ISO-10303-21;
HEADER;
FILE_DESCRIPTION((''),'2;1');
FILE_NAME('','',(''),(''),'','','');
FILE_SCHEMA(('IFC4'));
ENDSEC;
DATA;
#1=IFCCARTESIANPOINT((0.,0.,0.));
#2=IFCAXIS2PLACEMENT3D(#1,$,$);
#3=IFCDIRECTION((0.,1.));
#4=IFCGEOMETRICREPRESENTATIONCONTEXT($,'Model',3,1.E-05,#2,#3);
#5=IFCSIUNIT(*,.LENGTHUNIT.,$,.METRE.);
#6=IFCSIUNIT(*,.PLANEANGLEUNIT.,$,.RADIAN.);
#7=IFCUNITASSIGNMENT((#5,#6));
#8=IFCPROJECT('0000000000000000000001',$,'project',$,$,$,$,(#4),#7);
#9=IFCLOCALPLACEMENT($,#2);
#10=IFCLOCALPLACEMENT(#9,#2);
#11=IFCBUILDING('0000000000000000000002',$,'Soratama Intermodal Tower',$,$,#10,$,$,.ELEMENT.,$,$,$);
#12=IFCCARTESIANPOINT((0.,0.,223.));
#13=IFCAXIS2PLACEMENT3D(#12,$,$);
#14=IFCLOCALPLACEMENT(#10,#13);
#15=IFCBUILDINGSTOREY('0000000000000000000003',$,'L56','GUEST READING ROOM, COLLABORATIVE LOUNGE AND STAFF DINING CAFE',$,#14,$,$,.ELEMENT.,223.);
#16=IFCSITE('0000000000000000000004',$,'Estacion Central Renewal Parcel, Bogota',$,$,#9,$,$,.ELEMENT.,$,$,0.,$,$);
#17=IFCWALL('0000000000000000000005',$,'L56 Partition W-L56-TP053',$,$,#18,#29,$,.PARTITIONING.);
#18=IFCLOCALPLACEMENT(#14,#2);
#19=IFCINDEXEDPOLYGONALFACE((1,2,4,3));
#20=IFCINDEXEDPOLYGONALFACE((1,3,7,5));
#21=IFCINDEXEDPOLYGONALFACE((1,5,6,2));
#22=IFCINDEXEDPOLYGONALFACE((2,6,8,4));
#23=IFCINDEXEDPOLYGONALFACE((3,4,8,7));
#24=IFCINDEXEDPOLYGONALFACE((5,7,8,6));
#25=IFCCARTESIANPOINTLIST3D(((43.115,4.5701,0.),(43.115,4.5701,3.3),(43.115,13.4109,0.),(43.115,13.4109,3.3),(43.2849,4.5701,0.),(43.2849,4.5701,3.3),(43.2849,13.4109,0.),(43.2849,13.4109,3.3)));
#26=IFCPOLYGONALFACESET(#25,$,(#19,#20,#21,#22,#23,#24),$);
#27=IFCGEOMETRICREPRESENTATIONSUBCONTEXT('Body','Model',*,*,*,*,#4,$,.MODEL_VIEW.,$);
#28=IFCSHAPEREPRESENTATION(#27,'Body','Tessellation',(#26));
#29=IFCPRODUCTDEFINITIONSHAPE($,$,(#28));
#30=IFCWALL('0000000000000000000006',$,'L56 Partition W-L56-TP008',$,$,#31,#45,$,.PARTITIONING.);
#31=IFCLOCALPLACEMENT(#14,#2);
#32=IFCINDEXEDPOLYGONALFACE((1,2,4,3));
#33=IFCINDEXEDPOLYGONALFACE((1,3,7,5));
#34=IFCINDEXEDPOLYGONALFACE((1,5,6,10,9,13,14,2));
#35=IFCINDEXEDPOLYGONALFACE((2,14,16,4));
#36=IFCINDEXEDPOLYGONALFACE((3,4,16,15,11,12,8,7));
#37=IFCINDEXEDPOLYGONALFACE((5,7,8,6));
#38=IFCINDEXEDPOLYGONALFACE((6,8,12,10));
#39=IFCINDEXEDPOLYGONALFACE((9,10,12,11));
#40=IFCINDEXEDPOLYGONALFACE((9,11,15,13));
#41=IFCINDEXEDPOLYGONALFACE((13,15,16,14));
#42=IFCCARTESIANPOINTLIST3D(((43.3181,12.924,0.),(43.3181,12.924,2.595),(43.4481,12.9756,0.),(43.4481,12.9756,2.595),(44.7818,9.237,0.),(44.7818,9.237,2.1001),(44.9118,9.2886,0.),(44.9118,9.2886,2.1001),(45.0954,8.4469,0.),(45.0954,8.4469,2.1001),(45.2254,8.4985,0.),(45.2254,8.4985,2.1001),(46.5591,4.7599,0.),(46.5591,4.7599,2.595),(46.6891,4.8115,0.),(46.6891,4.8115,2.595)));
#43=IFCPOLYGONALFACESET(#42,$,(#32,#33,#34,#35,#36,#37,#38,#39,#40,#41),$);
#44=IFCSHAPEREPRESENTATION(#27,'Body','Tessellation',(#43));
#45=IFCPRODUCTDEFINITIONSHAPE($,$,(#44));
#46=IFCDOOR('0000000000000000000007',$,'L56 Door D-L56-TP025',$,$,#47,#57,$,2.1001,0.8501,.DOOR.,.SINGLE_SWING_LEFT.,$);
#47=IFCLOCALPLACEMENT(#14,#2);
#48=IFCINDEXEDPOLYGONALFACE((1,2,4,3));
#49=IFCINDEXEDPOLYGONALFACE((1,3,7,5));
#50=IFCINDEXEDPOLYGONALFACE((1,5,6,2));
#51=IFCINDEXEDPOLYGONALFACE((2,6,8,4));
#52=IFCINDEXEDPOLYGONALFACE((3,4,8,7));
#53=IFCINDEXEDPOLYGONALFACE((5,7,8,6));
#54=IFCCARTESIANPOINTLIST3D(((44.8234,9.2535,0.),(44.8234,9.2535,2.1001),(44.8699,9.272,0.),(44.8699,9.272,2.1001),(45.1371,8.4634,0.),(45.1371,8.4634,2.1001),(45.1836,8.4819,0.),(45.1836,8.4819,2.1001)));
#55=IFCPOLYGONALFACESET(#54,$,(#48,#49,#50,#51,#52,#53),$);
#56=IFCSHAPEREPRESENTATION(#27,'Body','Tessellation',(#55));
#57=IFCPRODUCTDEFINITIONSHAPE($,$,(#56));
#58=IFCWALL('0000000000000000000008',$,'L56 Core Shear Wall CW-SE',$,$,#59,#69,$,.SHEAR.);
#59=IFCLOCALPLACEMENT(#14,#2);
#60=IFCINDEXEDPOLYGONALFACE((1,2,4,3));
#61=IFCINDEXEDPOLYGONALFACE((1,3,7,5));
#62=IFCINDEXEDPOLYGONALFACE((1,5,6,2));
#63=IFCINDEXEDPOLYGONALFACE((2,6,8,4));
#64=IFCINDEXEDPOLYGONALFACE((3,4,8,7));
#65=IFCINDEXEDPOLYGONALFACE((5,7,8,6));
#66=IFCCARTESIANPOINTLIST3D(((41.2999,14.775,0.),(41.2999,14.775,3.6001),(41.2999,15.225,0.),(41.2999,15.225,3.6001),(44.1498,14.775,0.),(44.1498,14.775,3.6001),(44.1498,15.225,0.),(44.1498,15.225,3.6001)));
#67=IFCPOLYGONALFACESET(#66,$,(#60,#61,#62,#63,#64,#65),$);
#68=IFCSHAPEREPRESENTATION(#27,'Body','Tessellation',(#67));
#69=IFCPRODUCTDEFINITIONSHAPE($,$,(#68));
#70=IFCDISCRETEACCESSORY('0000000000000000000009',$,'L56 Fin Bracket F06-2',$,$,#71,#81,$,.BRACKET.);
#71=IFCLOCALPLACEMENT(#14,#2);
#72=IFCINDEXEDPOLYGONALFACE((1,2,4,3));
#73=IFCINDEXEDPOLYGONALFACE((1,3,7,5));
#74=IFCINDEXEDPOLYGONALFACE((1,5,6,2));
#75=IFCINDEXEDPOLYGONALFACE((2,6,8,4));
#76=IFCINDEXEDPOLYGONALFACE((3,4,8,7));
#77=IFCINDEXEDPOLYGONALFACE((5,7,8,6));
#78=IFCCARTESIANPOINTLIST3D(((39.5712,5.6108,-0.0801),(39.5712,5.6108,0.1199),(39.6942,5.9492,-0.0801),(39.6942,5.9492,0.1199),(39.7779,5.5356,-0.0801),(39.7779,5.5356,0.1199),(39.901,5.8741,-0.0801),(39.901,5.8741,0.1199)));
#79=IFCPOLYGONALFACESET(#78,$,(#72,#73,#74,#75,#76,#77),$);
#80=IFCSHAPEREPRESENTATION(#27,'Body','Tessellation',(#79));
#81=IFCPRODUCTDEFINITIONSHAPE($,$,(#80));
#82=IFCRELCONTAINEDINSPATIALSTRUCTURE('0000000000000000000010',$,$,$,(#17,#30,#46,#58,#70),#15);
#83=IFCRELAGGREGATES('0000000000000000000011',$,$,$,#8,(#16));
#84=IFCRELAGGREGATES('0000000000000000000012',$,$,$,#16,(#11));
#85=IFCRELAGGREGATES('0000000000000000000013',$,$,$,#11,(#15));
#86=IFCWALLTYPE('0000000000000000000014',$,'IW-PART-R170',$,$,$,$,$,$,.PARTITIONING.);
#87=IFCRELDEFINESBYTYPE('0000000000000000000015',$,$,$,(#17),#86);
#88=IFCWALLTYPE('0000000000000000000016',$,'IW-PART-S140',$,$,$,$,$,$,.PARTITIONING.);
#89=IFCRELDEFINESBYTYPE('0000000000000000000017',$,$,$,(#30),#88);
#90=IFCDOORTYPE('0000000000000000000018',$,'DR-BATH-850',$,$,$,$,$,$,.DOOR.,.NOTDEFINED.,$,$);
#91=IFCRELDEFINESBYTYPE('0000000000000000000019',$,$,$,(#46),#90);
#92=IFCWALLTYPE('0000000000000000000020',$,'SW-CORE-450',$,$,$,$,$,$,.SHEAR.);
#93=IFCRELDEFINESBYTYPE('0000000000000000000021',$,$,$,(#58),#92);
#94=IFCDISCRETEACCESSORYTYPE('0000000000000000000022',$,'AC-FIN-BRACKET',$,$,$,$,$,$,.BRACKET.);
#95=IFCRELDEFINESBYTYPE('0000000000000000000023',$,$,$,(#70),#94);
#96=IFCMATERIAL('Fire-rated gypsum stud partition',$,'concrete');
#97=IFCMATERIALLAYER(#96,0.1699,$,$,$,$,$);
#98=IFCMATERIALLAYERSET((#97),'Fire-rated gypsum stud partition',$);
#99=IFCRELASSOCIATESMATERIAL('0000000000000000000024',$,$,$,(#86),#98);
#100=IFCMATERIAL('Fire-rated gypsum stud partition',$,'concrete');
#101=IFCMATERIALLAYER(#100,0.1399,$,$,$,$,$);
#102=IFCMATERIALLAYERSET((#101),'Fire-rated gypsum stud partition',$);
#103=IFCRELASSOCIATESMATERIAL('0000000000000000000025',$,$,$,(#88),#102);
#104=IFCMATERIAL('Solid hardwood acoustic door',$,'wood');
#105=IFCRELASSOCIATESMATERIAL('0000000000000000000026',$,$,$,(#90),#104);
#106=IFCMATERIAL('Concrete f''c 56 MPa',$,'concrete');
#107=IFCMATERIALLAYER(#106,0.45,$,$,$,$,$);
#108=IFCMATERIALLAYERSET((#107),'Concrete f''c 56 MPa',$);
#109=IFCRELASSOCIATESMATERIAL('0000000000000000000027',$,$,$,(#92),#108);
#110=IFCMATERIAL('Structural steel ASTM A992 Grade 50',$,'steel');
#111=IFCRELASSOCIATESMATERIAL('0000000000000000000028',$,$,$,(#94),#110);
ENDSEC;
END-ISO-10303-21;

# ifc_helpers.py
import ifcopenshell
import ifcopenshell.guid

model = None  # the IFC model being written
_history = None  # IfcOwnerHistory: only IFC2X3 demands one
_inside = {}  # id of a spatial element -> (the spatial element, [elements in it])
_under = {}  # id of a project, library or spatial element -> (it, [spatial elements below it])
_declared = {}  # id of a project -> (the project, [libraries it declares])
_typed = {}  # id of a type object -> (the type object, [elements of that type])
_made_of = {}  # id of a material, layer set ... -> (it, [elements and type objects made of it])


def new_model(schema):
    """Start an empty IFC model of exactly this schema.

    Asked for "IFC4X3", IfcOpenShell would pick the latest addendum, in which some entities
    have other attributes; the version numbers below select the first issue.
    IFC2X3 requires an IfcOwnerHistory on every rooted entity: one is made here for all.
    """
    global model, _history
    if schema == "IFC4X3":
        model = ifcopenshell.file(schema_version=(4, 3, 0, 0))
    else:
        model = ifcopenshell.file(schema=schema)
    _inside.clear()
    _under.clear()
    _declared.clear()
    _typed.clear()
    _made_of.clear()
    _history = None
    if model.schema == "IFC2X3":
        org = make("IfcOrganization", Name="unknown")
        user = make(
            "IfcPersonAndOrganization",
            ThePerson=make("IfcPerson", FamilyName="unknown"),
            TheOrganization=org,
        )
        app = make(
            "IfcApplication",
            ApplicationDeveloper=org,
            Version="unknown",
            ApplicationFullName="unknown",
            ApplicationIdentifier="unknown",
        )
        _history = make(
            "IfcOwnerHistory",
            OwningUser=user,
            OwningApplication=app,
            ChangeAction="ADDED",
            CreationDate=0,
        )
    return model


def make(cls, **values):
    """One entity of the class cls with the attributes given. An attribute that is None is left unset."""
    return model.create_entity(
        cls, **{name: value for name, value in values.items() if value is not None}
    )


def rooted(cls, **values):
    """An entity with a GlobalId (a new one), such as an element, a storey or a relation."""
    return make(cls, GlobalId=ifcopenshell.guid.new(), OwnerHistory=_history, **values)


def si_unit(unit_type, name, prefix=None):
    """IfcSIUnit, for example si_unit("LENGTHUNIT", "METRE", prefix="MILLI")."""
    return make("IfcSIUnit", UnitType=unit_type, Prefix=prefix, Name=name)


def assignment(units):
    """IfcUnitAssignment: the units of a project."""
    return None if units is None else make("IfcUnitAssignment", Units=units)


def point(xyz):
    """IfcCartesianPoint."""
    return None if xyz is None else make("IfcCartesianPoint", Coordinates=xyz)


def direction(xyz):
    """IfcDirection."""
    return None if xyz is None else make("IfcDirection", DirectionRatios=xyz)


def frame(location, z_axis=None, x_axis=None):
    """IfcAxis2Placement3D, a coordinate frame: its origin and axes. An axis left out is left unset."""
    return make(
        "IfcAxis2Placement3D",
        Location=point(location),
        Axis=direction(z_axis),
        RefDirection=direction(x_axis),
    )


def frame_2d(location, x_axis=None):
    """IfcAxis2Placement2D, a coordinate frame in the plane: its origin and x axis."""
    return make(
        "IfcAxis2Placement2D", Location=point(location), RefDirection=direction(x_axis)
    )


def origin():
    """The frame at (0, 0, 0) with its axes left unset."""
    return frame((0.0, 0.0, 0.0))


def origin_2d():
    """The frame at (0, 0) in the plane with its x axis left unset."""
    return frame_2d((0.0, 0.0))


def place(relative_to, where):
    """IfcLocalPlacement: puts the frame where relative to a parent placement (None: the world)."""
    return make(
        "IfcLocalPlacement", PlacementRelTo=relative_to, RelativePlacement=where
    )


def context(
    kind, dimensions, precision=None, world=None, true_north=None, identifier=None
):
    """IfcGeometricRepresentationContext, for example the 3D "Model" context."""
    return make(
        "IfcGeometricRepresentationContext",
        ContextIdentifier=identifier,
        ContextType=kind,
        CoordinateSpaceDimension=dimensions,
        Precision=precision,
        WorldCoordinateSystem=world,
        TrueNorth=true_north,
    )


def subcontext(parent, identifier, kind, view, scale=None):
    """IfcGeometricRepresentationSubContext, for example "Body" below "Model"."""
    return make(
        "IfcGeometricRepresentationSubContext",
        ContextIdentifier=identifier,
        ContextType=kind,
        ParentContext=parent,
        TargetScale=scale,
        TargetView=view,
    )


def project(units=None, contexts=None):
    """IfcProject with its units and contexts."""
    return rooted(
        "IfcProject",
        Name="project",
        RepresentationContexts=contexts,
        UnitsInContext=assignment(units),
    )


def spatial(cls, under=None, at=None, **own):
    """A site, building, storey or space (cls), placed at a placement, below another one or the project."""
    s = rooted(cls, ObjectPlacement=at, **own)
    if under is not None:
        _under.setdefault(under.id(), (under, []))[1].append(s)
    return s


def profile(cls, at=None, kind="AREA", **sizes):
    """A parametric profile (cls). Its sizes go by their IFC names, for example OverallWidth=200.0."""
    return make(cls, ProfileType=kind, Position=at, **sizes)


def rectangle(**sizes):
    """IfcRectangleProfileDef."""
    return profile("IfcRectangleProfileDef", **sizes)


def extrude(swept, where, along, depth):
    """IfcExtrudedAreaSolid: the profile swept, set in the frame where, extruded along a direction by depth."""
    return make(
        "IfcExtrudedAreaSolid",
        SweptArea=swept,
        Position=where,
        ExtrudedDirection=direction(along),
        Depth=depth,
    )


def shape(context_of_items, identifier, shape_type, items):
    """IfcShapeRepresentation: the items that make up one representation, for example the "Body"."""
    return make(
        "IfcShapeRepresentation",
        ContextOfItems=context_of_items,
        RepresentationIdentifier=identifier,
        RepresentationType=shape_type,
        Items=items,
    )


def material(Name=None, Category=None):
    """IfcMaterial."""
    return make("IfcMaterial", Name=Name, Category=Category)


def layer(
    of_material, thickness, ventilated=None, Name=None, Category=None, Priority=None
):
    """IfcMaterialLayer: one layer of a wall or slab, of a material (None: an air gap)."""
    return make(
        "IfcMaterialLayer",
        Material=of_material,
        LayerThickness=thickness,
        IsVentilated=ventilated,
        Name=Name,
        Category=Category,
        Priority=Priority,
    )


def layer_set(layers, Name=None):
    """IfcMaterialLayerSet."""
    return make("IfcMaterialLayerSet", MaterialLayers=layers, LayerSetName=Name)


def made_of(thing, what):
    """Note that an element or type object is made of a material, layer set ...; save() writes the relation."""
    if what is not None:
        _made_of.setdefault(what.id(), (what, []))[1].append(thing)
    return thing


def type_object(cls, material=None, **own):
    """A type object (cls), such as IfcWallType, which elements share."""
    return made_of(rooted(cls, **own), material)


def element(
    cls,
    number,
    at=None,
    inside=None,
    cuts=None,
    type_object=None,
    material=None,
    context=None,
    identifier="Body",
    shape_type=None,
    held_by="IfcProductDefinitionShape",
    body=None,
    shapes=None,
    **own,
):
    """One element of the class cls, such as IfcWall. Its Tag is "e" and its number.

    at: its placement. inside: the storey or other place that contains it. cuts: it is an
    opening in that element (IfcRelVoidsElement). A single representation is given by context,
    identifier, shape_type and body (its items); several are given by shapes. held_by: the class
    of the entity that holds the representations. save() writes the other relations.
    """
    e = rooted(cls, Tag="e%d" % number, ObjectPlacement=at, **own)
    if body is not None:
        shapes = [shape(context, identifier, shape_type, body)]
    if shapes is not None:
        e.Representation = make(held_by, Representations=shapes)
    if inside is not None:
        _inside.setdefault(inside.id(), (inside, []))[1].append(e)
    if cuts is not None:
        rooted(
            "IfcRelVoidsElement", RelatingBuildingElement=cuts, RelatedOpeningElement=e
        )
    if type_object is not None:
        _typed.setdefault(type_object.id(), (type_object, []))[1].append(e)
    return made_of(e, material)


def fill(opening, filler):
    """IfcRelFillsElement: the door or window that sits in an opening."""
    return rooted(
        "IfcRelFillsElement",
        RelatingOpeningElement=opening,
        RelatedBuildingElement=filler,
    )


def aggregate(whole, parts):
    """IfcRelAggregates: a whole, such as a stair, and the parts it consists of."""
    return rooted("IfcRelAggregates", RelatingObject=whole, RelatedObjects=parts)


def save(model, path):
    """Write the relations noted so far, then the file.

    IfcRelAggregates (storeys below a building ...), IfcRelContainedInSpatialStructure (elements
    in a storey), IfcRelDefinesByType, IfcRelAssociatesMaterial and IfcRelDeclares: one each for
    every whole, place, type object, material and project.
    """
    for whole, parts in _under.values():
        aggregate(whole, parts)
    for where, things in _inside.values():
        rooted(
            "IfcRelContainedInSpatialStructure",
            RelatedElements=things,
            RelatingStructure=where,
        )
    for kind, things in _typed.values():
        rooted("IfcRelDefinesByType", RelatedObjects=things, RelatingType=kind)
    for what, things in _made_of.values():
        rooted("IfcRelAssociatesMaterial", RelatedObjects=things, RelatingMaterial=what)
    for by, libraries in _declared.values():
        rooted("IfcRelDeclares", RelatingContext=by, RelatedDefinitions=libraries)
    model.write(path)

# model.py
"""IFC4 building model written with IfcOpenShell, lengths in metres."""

from ifc_helpers import new_model, si_unit, direction, frame, frame_2d, origin, origin_2d, place, context, subcontext, project, spatial, rectangle, extrude, material, layer, layer_set, type_object, element, fill, save


model = new_model("IFC4")

# Units and contexts
model_context = context("Model", 3, precision=1e-05, world=origin(), true_north=direction((0.0, 1.0)))
body_context = subcontext(model_context, "Body", "Model", "MODEL_VIEW")
ifc_project = project(units=[si_unit("LENGTHUNIT", "METRE"), si_unit("PLANEANGLEUNIT", "RADIAN")], contexts=[model_context])

# Site, building, storey
site_placement = place(None, origin())
site = spatial("IfcSite", under=ifc_project, at=site_placement, Name="Estacion Central Renewal Parcel, Bogota", CompositionType="ELEMENT", RefElevation=0.0)
building_placement = place(site_placement, origin())
building = spatial("IfcBuilding", under=site, at=building_placement, Name="Soratama Intermodal Tower", CompositionType="ELEMENT")
storey_placement = place(building_placement, frame((0.0, 0.0, 223.0)))
storey = spatial("IfcBuildingStorey", under=building, at=storey_placement, Name="L56", Description="GUEST READING ROOM, COLLABORATIVE LOUNGE AND STAFF DINING CAFE", CompositionType="ELEMENT", Elevation=223.0)

# Shared definitions
ifc_material_1 = material(Name="Fire-rated gypsum stud partition", Category="concrete")
ifc_layer_1 = layer(ifc_material_1, 0.1699)
ifc_layer_set_1 = layer_set([ifc_layer_1], Name="Fire-rated gypsum stud partition")
wall_type_1 = type_object("IfcWallType", Name="IW-PART-R170", PredefinedType="PARTITIONING", material=ifc_layer_set_1)

# Wall
wall_1_placement = place(storey_placement, frame((43.2, 13.4109, 0.0), z_axis=(0.0, 0.0, 1.0), x_axis=(0.0, -1.0, 0.0)))
element("IfcWall", 1, at=wall_1_placement, inside=storey, type_object=wall_type_1, Name="L56 Partition W-L56-TP053", PredefinedType="PARTITIONING", context=body_context, shape_type="SweptSolid", body=[
    extrude(rectangle(XDim=8.8408, YDim=0.1699, at=frame_2d((4.4204, 0.0))), origin(), (0.0, 0.0, 1.0), 3.3),
])

# Wall, opening, door
ifc_material_2 = material(Name="Fire-rated gypsum stud partition", Category="concrete")
ifc_layer_2 = layer(ifc_material_2, 0.1399)
ifc_layer_set_2 = layer_set([ifc_layer_2], Name="Fire-rated gypsum stud partition")
wall_type_2 = type_object("IfcWallType", Name="IW-PART-S140", PredefinedType="PARTITIONING", material=ifc_layer_set_2)
wall_2_placement = place(storey_placement, frame((43.3831, 12.95, 0.0), z_axis=(0.0, 0.0, 1.0), x_axis=(0.368969, -0.929442, 0.0)))
wall_2 = element("IfcWall", 2, at=wall_2_placement, inside=storey, type_object=wall_type_2, Name="L56 Partition W-L56-TP008", PredefinedType="PARTITIONING", context=body_context, shape_type="SweptSolid", body=[
    extrude(rectangle(XDim=8.7839, YDim=0.1399, at=frame_2d((4.3921, 0.0))), origin(), (0.0, 0.0, 1.0), 2.595),
])
opening_1_placement = place(wall_2_placement, frame((3.967, 0.0, 0.0)))
opening_1 = element("IfcOpeningElement", 3, at=opening_1_placement, cuts=wall_2, PredefinedType="OPENING", context=body_context, shape_type="SweptSolid", body=[
    extrude(rectangle(XDim=0.8501, YDim=2.1001, at=frame_2d((0.425, 1.05))), frame((0.0, 0.0798, 0.0), z_axis=(0.0, -1.0, 0.0), x_axis=(1.0, 0.0, 0.0)), (0.0, 0.0, 1.0), 0.1599),
])
ifc_material_3 = material(Name="Solid hardwood acoustic door", Category="wood")
door_type_1 = type_object("IfcDoorType", Name="DR-BATH-850", OperationType="NOTDEFINED", PredefinedType="DOOR", material=ifc_material_3)
door_1_placement = place(opening_1_placement, origin())
door_1 = element("IfcDoor", 4, at=door_1_placement, inside=storey, type_object=door_type_1, Name="L56 Door D-L56-TP025", OperationType="SINGLE_SWING_LEFT", OverallHeight=2.1001, OverallWidth=0.8501, PredefinedType="DOOR", context=body_context, shape_type="SweptSolid", body=[
    extrude(rectangle(XDim=0.8501, YDim=2.1001, at=frame_2d((0.425, 1.05))), frame((0.0, 0.0249, 0.0), z_axis=(0.0, -1.0, 0.0), x_axis=(1.0, 0.0, 0.0)), (0.0, 0.0, 1.0), 0.05),
])
fill(opening_1, door_1)

# Wall
ifc_material_4 = material(Name="Concrete f'c 56 MPa", Category="concrete")
ifc_layer_3 = layer(ifc_material_4, 0.45)
ifc_layer_set_3 = layer_set([ifc_layer_3], Name="Concrete f'c 56 MPa")
wall_type_3 = type_object("IfcWallType", Name="SW-CORE-450", PredefinedType="SHEAR", material=ifc_layer_set_3)
wall_3_placement = place(storey_placement, frame((41.3, 15.0, 0.0), z_axis=(0.0, 0.0, 1.0), x_axis=(1.0, 0.0, 0.0)))
element("IfcWall", 5, at=wall_3_placement, inside=storey, type_object=wall_type_3, Name="L56 Core Shear Wall CW-SE", PredefinedType="SHEAR", context=body_context, shape_type="SweptSolid", body=[
    extrude(rectangle(XDim=2.8499, YDim=0.45, at=frame_2d((1.4248, 0.0))), origin(), (0.0, 0.0, 1.0), 3.6001),
])

# Discrete accessory
ifc_material_5 = material(Name="Structural steel ASTM A992 Grade 50", Category="steel")
discrete_accessory_type = type_object("IfcDiscreteAccessoryType", Name="AC-FIN-BRACKET", PredefinedType="BRACKET", material=ifc_material_5)
discrete_accessory_placement = place(storey_placement, frame((39.7361, 5.7424, -0.0801), z_axis=(0.0, 0.0, 1.0), x_axis=(-0.341692, -0.939812, 0.0)))
element("IfcDiscreteAccessory", 6, at=discrete_accessory_placement, inside=storey, type_object=discrete_accessory_type, Name="L56 Fin Bracket F06-2", PredefinedType="BRACKET", context=body_context, shape_type="SweptSolid", body=[
    extrude(rectangle(XDim=0.3601, YDim=0.22, at=origin_2d()), origin(), (0.0, 0.0, 1.0), 0.2),
])

save(model, "model.ifc")
